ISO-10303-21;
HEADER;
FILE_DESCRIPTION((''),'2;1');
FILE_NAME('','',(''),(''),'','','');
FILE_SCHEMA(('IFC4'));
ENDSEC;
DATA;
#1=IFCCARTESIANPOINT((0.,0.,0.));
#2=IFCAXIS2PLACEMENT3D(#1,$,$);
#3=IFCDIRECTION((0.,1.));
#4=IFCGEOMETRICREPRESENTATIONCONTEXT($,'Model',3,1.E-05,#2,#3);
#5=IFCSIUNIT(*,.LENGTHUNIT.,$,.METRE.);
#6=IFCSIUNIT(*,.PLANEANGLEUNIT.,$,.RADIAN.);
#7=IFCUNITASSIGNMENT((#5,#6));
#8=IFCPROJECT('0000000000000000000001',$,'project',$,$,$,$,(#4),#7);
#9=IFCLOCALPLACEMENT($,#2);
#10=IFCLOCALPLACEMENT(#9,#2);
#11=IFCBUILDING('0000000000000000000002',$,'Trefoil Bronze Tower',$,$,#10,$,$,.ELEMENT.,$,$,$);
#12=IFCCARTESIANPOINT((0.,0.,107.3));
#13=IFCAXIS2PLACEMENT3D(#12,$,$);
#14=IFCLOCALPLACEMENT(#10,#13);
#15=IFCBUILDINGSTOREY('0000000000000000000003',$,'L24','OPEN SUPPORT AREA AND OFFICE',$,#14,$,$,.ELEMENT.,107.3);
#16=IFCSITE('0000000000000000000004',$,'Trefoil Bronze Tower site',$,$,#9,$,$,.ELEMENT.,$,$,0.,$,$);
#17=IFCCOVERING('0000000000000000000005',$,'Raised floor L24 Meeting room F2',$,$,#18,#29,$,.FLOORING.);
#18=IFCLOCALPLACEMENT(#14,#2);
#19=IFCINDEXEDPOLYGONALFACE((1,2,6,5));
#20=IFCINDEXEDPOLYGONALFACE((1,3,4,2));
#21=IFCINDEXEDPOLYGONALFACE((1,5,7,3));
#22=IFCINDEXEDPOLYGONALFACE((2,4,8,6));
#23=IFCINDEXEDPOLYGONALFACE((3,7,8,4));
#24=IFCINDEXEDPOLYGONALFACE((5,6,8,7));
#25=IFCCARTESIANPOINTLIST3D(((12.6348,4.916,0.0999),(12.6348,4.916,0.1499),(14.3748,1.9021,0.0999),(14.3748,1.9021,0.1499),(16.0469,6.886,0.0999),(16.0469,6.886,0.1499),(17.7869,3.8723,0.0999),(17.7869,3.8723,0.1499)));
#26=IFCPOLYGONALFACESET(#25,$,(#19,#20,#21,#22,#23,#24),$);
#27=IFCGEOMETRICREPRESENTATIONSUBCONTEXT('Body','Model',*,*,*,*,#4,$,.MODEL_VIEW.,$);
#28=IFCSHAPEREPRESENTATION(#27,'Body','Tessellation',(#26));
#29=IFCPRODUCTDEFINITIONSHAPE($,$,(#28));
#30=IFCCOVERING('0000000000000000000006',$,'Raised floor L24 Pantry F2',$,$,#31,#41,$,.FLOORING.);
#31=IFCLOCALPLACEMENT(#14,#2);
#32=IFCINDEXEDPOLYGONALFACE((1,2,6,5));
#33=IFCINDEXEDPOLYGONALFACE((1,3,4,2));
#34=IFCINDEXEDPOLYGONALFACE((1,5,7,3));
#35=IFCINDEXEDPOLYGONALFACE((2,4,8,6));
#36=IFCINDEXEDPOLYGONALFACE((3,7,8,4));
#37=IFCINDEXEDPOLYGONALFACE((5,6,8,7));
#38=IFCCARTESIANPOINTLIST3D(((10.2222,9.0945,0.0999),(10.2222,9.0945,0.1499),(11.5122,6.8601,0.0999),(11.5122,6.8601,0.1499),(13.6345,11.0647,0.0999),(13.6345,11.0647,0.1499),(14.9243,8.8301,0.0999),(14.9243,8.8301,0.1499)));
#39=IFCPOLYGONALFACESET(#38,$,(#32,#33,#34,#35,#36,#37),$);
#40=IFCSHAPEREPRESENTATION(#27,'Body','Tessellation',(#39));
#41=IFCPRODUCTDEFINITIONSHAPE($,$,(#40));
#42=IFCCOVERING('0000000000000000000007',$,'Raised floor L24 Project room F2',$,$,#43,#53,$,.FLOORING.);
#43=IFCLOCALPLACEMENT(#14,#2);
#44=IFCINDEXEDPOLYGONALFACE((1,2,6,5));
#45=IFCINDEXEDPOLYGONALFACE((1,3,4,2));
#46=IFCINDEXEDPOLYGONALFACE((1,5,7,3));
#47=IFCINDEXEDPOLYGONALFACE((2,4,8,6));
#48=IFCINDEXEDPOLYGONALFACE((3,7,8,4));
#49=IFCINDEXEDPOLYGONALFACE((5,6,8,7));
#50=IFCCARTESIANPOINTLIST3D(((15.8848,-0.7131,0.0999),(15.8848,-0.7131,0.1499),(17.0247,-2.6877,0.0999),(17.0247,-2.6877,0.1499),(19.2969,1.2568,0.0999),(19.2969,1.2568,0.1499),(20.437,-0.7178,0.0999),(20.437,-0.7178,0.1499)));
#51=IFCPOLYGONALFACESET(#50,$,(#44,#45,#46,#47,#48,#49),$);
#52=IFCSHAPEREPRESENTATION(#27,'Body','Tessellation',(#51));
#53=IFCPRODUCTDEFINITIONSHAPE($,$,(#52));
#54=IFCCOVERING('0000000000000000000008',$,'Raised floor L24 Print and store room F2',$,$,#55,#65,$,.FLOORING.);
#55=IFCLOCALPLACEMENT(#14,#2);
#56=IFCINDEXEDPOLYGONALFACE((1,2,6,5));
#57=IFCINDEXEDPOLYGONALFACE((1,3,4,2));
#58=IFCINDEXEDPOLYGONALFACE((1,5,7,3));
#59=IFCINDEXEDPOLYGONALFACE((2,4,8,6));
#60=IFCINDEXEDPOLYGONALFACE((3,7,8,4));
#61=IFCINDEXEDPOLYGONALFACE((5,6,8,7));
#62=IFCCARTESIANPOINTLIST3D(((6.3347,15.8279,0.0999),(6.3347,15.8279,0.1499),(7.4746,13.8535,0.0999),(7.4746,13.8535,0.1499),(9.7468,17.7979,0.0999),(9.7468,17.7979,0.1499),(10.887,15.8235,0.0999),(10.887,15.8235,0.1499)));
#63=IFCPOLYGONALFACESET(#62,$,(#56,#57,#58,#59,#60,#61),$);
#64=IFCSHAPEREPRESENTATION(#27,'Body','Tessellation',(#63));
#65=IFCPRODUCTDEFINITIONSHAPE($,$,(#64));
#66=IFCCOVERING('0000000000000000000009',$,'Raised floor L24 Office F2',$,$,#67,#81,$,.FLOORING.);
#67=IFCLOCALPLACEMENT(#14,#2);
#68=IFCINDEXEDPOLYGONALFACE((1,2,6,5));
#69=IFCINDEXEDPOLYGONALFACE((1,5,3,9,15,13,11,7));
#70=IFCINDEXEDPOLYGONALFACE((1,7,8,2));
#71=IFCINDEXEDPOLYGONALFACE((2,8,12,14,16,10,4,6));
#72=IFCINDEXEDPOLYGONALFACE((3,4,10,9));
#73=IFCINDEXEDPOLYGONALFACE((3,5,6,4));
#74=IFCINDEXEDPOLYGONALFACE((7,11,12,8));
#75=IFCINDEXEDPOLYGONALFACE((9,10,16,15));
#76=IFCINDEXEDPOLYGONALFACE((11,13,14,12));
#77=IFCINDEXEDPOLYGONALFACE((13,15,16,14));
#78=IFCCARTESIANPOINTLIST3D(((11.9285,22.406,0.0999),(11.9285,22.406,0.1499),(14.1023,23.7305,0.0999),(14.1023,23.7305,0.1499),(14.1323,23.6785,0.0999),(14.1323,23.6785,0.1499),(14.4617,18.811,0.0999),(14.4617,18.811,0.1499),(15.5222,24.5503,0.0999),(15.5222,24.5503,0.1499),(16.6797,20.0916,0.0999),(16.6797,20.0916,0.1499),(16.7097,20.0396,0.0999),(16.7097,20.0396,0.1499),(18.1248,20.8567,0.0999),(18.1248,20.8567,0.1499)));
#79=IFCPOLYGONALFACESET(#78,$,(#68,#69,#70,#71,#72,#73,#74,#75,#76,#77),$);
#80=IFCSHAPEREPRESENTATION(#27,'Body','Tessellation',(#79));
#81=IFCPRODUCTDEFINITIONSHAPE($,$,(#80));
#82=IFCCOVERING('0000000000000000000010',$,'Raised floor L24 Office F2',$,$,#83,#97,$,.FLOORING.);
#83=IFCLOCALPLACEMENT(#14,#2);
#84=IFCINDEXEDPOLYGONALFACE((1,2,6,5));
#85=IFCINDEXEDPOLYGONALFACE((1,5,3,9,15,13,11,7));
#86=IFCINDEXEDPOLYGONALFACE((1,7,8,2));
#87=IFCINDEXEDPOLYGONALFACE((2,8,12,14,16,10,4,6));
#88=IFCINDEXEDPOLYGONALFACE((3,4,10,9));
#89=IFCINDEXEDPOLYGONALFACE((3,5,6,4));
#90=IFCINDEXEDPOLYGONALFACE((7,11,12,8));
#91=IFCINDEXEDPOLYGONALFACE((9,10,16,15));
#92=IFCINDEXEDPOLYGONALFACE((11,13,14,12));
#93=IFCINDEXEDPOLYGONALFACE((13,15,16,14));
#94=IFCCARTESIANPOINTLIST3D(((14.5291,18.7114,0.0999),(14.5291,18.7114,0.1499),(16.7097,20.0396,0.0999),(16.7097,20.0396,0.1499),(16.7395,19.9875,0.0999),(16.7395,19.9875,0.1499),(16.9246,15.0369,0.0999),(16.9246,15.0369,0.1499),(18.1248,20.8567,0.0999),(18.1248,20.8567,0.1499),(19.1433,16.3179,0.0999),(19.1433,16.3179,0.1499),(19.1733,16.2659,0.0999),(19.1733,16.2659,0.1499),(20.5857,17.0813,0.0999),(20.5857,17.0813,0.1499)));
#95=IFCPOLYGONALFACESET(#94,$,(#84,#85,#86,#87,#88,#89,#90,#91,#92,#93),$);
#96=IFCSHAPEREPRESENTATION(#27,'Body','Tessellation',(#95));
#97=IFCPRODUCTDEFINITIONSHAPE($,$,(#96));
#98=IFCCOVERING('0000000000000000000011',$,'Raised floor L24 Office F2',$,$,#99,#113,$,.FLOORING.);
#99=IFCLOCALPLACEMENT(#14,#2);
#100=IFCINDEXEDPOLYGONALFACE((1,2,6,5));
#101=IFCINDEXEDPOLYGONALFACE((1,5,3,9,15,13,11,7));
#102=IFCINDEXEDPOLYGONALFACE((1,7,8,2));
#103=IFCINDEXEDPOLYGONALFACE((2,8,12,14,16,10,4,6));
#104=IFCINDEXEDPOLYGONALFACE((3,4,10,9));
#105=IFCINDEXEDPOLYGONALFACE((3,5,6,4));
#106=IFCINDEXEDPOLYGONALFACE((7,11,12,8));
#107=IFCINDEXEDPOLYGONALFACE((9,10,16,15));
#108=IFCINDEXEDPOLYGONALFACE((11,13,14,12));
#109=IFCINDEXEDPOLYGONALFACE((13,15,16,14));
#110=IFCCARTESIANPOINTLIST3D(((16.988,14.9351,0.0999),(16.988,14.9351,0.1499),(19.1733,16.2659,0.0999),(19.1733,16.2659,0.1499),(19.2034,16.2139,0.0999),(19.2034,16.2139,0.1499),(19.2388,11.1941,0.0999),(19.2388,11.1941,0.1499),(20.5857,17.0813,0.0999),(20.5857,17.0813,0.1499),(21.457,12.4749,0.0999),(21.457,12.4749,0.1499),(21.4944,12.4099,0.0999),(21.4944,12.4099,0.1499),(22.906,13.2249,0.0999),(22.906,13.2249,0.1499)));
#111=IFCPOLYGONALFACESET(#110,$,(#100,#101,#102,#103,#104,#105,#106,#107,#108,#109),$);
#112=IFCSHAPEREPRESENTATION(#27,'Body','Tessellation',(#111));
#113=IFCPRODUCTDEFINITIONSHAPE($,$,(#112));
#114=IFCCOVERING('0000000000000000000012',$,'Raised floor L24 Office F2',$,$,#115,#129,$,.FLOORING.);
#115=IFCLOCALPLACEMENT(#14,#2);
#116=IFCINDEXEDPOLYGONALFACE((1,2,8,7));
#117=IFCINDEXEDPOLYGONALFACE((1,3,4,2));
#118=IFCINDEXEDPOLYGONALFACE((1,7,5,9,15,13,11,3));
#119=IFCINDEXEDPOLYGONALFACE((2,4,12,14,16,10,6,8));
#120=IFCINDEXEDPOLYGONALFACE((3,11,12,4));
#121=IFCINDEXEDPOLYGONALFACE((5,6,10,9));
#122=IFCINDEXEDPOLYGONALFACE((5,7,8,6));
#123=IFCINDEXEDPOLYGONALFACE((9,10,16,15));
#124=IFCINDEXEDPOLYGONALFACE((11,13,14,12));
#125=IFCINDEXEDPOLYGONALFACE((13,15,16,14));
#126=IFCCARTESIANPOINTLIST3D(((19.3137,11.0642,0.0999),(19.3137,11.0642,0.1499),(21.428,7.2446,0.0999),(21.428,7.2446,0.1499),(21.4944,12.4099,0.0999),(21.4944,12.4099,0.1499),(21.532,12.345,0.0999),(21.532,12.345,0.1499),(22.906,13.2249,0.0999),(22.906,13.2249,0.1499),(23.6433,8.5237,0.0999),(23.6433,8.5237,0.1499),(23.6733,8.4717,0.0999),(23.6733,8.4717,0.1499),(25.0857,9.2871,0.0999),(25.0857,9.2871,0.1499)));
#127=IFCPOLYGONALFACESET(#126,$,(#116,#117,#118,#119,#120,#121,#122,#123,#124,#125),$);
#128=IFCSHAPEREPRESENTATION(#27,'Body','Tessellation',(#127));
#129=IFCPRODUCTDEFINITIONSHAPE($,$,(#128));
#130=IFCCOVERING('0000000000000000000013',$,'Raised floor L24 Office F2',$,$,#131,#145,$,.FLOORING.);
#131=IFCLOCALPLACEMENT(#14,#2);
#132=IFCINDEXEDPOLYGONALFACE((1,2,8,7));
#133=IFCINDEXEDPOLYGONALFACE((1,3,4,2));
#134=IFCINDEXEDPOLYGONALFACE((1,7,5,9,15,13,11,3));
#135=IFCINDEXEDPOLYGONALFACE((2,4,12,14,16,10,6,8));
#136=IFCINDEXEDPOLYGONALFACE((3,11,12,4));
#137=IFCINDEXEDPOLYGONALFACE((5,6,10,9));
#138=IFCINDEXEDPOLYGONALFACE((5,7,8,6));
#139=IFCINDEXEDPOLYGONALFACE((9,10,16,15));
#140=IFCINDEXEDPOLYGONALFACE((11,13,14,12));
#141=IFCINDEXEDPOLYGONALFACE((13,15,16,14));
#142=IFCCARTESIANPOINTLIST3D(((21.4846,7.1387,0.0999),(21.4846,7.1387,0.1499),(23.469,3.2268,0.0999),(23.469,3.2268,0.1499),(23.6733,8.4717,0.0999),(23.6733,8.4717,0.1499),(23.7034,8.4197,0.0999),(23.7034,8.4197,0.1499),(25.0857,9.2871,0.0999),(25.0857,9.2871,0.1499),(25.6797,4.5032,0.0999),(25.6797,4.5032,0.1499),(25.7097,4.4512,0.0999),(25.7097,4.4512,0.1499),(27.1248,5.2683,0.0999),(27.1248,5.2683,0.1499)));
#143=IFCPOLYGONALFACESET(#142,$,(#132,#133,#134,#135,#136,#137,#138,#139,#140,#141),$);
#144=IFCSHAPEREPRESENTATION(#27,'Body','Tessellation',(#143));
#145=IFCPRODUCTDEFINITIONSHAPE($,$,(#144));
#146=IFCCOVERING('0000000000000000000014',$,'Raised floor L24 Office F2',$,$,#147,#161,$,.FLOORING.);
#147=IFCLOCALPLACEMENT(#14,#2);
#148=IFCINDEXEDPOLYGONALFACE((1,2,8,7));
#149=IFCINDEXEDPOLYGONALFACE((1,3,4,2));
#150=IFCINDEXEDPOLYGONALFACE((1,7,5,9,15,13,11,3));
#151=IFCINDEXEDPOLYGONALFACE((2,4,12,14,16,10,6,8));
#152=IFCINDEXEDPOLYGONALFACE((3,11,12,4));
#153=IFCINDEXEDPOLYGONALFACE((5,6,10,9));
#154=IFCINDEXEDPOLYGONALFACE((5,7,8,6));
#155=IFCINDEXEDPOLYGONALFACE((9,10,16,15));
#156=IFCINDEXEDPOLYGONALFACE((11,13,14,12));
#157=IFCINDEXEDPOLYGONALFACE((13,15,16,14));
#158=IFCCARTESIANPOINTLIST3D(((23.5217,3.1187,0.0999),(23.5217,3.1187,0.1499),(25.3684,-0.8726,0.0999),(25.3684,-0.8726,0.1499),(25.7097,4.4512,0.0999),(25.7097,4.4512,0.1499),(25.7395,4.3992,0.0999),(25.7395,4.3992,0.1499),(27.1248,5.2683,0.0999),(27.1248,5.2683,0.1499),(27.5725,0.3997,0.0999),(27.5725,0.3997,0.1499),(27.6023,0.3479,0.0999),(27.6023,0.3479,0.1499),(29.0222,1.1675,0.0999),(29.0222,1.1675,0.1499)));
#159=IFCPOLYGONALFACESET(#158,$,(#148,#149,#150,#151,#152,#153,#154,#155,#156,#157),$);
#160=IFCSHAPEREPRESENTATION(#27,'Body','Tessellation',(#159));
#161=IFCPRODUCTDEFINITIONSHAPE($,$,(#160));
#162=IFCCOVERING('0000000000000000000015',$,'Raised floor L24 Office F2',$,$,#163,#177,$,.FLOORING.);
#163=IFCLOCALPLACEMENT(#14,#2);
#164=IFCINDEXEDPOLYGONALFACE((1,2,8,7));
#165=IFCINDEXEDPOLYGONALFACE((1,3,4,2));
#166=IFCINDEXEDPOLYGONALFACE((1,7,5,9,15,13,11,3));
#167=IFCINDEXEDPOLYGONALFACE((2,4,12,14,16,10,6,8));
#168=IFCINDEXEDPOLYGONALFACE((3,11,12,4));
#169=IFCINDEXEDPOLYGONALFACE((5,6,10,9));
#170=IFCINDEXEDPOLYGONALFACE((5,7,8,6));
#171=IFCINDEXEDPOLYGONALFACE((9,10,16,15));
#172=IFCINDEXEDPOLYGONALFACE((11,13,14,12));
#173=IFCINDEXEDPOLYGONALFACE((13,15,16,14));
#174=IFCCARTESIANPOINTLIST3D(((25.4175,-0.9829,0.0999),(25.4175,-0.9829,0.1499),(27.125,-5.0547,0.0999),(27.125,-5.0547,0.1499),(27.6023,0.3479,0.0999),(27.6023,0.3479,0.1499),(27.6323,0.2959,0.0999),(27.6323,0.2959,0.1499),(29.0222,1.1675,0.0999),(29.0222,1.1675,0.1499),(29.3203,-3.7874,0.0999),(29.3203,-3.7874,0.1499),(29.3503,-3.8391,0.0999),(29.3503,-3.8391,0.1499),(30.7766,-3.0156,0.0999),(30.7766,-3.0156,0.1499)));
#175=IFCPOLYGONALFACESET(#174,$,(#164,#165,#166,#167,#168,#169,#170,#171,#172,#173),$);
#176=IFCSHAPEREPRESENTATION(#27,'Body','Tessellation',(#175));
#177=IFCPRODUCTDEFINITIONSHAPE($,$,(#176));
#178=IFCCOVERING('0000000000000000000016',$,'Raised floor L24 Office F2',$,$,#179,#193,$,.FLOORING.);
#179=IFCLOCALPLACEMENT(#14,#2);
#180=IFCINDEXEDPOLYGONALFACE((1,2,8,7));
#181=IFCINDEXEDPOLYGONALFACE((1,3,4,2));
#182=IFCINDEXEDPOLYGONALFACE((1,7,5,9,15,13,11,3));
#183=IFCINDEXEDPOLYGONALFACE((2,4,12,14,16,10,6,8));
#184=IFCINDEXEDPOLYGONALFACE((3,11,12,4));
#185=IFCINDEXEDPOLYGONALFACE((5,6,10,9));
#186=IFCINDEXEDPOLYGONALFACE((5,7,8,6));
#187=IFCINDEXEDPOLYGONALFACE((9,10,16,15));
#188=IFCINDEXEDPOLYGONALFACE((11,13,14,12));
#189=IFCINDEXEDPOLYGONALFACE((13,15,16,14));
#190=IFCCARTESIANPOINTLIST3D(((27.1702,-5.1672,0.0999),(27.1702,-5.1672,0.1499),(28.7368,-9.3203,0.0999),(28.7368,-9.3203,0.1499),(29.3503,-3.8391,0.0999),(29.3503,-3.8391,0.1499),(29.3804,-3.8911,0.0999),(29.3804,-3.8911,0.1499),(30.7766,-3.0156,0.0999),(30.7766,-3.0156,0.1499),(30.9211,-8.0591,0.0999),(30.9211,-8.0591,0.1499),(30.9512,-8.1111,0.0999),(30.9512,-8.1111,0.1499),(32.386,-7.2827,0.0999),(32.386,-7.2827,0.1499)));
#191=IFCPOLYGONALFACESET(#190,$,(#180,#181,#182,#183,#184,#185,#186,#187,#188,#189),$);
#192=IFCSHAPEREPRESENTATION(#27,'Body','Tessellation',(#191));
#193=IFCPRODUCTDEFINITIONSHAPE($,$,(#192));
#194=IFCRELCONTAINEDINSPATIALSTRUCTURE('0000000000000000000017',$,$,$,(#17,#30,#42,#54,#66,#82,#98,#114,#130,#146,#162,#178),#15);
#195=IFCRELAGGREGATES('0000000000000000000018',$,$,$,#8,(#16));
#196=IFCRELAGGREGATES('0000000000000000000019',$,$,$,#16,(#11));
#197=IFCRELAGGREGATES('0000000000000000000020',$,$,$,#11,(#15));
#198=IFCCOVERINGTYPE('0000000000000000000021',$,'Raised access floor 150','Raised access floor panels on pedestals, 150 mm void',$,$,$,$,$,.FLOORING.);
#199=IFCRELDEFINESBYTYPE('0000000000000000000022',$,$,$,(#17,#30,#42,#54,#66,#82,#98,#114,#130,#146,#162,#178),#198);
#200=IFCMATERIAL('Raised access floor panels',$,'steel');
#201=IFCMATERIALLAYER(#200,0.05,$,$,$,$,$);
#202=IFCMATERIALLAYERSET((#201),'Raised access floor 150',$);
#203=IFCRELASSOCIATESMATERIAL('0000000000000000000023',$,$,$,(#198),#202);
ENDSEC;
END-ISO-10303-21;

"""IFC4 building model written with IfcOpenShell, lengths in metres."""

from ifc_helpers import new_model, si_unit, direction, frame, origin, place, context, subcontext, project, spatial, polyline, outline, extrude, material, layer, layer_set, type_object, element, save


model = new_model("IFC4")

# Units and contexts
model_context = context("Model", 3, precision=1e-05, world=origin(), true_north=direction((0.0, 1.0)))
body_context = subcontext(model_context, "Body", "Model", "MODEL_VIEW")
ifc_project = project(units=[si_unit("LENGTHUNIT", "METRE"), si_unit("PLANEANGLEUNIT", "RADIAN")], contexts=[model_context])

# Site, building, storey
site_placement = place(None, origin())
site = spatial("IfcSite", under=ifc_project, at=site_placement, Name="Trefoil Bronze Tower site", CompositionType="ELEMENT", RefElevation=0.0)
building_placement = place(site_placement, origin())
building = spatial("IfcBuilding", under=site, at=building_placement, Name="Trefoil Bronze Tower", CompositionType="ELEMENT")
storey_placement = place(building_placement, frame((0.0, 0.0, 107.3)))
storey = spatial("IfcBuildingStorey", under=building, at=storey_placement, Name="L24", Description="OPEN SUPPORT AREA AND OFFICE", CompositionType="ELEMENT", Elevation=107.3)

# Coverings
ifc_material_1 = material(Name="Raised access floor panels", Category="steel")
ifc_layer_1 = layer(ifc_material_1, 0.05)
ifc_layer_set_1 = layer_set([ifc_layer_1], Name="Raised access floor 150")
covering_type_1 = type_object("IfcCoveringType", Name="Raised access floor 150", Description="Raised access floor panels on pedestals, 150 mm void", PredefinedType="FLOORING", material=ifc_layer_set_1)
covering_1_placement = place(storey_placement, frame((0.0, 0.0, 0.0999)))
element("IfcCovering", 1, at=covering_1_placement, inside=storey, type_object=covering_type_1, Name="Raised floor L24 Meeting room F2", PredefinedType="FLOORING", context=body_context, shape_type="SweptSolid", body=[
    extrude(outline(polyline([(12.6348, 4.916), (16.0469, 6.886), (17.7869, 3.8723), (14.3748, 1.9021), (12.6348, 4.916)])), origin(), (0.0, 0.0, 1.0), 0.05),
])
covering_2_placement = place(storey_placement, frame((0.0, 0.0, 0.0999)))
element("IfcCovering", 2, at=covering_2_placement, inside=storey, type_object=covering_type_1, Name="Raised floor L24 Pantry F2", PredefinedType="FLOORING", context=body_context, shape_type="SweptSolid", body=[
    extrude(outline(polyline([(10.2222, 9.0945), (13.6345, 11.0647), (14.9243, 8.8301), (11.5122, 6.8601), (10.2222, 9.0945)])), origin(), (0.0, 0.0, 1.0), 0.05),
])
covering_3_placement = place(storey_placement, frame((0.0, 0.0, 0.0999)))
element("IfcCovering", 3, at=covering_3_placement, inside=storey, type_object=covering_type_1, Name="Raised floor L24 Project room F2", PredefinedType="FLOORING", context=body_context, shape_type="SweptSolid", body=[
    extrude(outline(polyline([(15.8848, -0.7131), (19.2969, 1.2568), (20.437, -0.7178), (17.0247, -2.6877), (15.8848, -0.7131)])), origin(), (0.0, 0.0, 1.0), 0.05),
])
covering_4_placement = place(storey_placement, frame((0.0, 0.0, 0.0999)))
element("IfcCovering", 4, at=covering_4_placement, inside=storey, type_object=covering_type_1, Name="Raised floor L24 Print and store room F2", PredefinedType="FLOORING", context=body_context, shape_type="SweptSolid", body=[
    extrude(outline(polyline([(6.3347, 15.8279), (9.7468, 17.7979), (10.887, 15.8235), (7.4746, 13.8535), (6.3347, 15.8279)])), origin(), (0.0, 0.0, 1.0), 0.05),
])
covering_5_placement = place(storey_placement, frame((0.0, 0.0, 0.0999)))
element("IfcCovering", 5, at=covering_5_placement, inside=storey, type_object=covering_type_1, Name="Raised floor L24 Office F2", PredefinedType="FLOORING", context=body_context, shape_type="SweptSolid", body=[
    extrude(outline(polyline([(18.1248, 20.8567), (16.7097, 20.0396), (16.6797, 20.0916), (14.4617, 18.811), (11.9285, 22.406), (14.1323, 23.6785), (14.1023, 23.7305), (15.5222, 24.5503), (18.1248, 20.8567)])), origin(), (0.0, 0.0, 1.0), 0.05),
])
covering_6_placement = place(storey_placement, frame((0.0, 0.0, 0.0999)))
element("IfcCovering", 6, at=covering_6_placement, inside=storey, type_object=covering_type_1, Name="Raised floor L24 Office F2", PredefinedType="FLOORING", context=body_context, shape_type="SweptSolid", body=[
    extrude(outline(polyline([(20.5857, 17.0813), (19.1733, 16.2659), (19.1433, 16.3179), (16.9246, 15.0369), (14.5291, 18.7114), (16.7395, 19.9875), (16.7097, 20.0396), (18.1248, 20.8567), (20.5857, 17.0813)])), origin(), (0.0, 0.0, 1.0), 0.05),
])
covering_7_placement = place(storey_placement, frame((0.0, 0.0, 0.0999)))
element("IfcCovering", 7, at=covering_7_placement, inside=storey, type_object=covering_type_1, Name="Raised floor L24 Office F2", PredefinedType="FLOORING", context=body_context, shape_type="SweptSolid", body=[
    extrude(outline(polyline([(20.5857, 17.0813), (22.906, 13.2249), (21.4944, 12.4099), (21.457, 12.4749), (19.2388, 11.1941), (16.988, 14.9351), (19.2034, 16.2139), (19.1733, 16.2659), (20.5857, 17.0813)])), origin(), (0.0, 0.0, 1.0), 0.05),
])
covering_8_placement = place(storey_placement, frame((0.0, 0.0, 0.0999)))
element("IfcCovering", 8, at=covering_8_placement, inside=storey, type_object=covering_type_1, Name="Raised floor L24 Office F2", PredefinedType="FLOORING", context=body_context, shape_type="SweptSolid", body=[
    extrude(outline(polyline([(22.906, 13.2249), (25.0857, 9.2871), (23.6733, 8.4717), (23.6433, 8.5237), (21.428, 7.2446), (19.3137, 11.0642), (21.532, 12.345), (21.4944, 12.4099), (22.906, 13.2249)])), origin(), (0.0, 0.0, 1.0), 0.05),
])
covering_9_placement = place(storey_placement, frame((0.0, 0.0, 0.0999)))
element("IfcCovering", 9, at=covering_9_placement, inside=storey, type_object=covering_type_1, Name="Raised floor L24 Office F2", PredefinedType="FLOORING", context=body_context, shape_type="SweptSolid", body=[
    extrude(outline(polyline([(25.0857, 9.2871), (27.1248, 5.2683), (25.7097, 4.4512), (25.6797, 4.5032), (23.469, 3.2268), (21.4846, 7.1387), (23.7034, 8.4197), (23.6733, 8.4717), (25.0857, 9.2871)])), origin(), (0.0, 0.0, 1.0), 0.05),
])
covering_10_placement = place(storey_placement, frame((0.0, 0.0, 0.0999)))
element("IfcCovering", 10, at=covering_10_placement, inside=storey, type_object=covering_type_1, Name="Raised floor L24 Office F2", PredefinedType="FLOORING", context=body_context, shape_type="SweptSolid", body=[
    extrude(outline(polyline([(27.1248, 5.2683), (29.0222, 1.1675), (27.6023, 0.3479), (27.5725, 0.3997), (25.3684, -0.8726), (23.5217, 3.1187), (25.7395, 4.3992), (25.7097, 4.4512), (27.1248, 5.2683)])), origin(), (0.0, 0.0, 1.0), 0.05),
])
covering_11_placement = place(storey_placement, frame((0.0, 0.0, 0.0999)))
element("IfcCovering", 11, at=covering_11_placement, inside=storey, type_object=covering_type_1, Name="Raised floor L24 Office F2", PredefinedType="FLOORING", context=body_context, shape_type="SweptSolid", body=[
    extrude(outline(polyline([(29.0222, 1.1675), (30.7766, -3.0156), (29.3503, -3.8391), (29.3203, -3.7874), (27.125, -5.0547), (25.4175, -0.9829), (27.6323, 0.2959), (27.6023, 0.3479), (29.0222, 1.1675)])), origin(), (0.0, 0.0, 1.0), 0.05),
])
covering_12_placement = place(storey_placement, frame((0.0, 0.0, 0.0999)))
element("IfcCovering", 12, at=covering_12_placement, inside=storey, type_object=covering_type_1, Name="Raised floor L24 Office F2", PredefinedType="FLOORING", context=body_context, shape_type="SweptSolid", body=[
    extrude(outline(polyline([(30.7766, -3.0156), (32.386, -7.2827), (30.9512, -8.1111), (30.9211, -8.0591), (28.7368, -9.3203), (27.1702, -5.1672), (29.3804, -3.8911), (29.3503, -3.8391), (30.7766, -3.0156)])), origin(), (0.0, 0.0, 1.0), 0.05),
])

save(model, "model.ifc")
